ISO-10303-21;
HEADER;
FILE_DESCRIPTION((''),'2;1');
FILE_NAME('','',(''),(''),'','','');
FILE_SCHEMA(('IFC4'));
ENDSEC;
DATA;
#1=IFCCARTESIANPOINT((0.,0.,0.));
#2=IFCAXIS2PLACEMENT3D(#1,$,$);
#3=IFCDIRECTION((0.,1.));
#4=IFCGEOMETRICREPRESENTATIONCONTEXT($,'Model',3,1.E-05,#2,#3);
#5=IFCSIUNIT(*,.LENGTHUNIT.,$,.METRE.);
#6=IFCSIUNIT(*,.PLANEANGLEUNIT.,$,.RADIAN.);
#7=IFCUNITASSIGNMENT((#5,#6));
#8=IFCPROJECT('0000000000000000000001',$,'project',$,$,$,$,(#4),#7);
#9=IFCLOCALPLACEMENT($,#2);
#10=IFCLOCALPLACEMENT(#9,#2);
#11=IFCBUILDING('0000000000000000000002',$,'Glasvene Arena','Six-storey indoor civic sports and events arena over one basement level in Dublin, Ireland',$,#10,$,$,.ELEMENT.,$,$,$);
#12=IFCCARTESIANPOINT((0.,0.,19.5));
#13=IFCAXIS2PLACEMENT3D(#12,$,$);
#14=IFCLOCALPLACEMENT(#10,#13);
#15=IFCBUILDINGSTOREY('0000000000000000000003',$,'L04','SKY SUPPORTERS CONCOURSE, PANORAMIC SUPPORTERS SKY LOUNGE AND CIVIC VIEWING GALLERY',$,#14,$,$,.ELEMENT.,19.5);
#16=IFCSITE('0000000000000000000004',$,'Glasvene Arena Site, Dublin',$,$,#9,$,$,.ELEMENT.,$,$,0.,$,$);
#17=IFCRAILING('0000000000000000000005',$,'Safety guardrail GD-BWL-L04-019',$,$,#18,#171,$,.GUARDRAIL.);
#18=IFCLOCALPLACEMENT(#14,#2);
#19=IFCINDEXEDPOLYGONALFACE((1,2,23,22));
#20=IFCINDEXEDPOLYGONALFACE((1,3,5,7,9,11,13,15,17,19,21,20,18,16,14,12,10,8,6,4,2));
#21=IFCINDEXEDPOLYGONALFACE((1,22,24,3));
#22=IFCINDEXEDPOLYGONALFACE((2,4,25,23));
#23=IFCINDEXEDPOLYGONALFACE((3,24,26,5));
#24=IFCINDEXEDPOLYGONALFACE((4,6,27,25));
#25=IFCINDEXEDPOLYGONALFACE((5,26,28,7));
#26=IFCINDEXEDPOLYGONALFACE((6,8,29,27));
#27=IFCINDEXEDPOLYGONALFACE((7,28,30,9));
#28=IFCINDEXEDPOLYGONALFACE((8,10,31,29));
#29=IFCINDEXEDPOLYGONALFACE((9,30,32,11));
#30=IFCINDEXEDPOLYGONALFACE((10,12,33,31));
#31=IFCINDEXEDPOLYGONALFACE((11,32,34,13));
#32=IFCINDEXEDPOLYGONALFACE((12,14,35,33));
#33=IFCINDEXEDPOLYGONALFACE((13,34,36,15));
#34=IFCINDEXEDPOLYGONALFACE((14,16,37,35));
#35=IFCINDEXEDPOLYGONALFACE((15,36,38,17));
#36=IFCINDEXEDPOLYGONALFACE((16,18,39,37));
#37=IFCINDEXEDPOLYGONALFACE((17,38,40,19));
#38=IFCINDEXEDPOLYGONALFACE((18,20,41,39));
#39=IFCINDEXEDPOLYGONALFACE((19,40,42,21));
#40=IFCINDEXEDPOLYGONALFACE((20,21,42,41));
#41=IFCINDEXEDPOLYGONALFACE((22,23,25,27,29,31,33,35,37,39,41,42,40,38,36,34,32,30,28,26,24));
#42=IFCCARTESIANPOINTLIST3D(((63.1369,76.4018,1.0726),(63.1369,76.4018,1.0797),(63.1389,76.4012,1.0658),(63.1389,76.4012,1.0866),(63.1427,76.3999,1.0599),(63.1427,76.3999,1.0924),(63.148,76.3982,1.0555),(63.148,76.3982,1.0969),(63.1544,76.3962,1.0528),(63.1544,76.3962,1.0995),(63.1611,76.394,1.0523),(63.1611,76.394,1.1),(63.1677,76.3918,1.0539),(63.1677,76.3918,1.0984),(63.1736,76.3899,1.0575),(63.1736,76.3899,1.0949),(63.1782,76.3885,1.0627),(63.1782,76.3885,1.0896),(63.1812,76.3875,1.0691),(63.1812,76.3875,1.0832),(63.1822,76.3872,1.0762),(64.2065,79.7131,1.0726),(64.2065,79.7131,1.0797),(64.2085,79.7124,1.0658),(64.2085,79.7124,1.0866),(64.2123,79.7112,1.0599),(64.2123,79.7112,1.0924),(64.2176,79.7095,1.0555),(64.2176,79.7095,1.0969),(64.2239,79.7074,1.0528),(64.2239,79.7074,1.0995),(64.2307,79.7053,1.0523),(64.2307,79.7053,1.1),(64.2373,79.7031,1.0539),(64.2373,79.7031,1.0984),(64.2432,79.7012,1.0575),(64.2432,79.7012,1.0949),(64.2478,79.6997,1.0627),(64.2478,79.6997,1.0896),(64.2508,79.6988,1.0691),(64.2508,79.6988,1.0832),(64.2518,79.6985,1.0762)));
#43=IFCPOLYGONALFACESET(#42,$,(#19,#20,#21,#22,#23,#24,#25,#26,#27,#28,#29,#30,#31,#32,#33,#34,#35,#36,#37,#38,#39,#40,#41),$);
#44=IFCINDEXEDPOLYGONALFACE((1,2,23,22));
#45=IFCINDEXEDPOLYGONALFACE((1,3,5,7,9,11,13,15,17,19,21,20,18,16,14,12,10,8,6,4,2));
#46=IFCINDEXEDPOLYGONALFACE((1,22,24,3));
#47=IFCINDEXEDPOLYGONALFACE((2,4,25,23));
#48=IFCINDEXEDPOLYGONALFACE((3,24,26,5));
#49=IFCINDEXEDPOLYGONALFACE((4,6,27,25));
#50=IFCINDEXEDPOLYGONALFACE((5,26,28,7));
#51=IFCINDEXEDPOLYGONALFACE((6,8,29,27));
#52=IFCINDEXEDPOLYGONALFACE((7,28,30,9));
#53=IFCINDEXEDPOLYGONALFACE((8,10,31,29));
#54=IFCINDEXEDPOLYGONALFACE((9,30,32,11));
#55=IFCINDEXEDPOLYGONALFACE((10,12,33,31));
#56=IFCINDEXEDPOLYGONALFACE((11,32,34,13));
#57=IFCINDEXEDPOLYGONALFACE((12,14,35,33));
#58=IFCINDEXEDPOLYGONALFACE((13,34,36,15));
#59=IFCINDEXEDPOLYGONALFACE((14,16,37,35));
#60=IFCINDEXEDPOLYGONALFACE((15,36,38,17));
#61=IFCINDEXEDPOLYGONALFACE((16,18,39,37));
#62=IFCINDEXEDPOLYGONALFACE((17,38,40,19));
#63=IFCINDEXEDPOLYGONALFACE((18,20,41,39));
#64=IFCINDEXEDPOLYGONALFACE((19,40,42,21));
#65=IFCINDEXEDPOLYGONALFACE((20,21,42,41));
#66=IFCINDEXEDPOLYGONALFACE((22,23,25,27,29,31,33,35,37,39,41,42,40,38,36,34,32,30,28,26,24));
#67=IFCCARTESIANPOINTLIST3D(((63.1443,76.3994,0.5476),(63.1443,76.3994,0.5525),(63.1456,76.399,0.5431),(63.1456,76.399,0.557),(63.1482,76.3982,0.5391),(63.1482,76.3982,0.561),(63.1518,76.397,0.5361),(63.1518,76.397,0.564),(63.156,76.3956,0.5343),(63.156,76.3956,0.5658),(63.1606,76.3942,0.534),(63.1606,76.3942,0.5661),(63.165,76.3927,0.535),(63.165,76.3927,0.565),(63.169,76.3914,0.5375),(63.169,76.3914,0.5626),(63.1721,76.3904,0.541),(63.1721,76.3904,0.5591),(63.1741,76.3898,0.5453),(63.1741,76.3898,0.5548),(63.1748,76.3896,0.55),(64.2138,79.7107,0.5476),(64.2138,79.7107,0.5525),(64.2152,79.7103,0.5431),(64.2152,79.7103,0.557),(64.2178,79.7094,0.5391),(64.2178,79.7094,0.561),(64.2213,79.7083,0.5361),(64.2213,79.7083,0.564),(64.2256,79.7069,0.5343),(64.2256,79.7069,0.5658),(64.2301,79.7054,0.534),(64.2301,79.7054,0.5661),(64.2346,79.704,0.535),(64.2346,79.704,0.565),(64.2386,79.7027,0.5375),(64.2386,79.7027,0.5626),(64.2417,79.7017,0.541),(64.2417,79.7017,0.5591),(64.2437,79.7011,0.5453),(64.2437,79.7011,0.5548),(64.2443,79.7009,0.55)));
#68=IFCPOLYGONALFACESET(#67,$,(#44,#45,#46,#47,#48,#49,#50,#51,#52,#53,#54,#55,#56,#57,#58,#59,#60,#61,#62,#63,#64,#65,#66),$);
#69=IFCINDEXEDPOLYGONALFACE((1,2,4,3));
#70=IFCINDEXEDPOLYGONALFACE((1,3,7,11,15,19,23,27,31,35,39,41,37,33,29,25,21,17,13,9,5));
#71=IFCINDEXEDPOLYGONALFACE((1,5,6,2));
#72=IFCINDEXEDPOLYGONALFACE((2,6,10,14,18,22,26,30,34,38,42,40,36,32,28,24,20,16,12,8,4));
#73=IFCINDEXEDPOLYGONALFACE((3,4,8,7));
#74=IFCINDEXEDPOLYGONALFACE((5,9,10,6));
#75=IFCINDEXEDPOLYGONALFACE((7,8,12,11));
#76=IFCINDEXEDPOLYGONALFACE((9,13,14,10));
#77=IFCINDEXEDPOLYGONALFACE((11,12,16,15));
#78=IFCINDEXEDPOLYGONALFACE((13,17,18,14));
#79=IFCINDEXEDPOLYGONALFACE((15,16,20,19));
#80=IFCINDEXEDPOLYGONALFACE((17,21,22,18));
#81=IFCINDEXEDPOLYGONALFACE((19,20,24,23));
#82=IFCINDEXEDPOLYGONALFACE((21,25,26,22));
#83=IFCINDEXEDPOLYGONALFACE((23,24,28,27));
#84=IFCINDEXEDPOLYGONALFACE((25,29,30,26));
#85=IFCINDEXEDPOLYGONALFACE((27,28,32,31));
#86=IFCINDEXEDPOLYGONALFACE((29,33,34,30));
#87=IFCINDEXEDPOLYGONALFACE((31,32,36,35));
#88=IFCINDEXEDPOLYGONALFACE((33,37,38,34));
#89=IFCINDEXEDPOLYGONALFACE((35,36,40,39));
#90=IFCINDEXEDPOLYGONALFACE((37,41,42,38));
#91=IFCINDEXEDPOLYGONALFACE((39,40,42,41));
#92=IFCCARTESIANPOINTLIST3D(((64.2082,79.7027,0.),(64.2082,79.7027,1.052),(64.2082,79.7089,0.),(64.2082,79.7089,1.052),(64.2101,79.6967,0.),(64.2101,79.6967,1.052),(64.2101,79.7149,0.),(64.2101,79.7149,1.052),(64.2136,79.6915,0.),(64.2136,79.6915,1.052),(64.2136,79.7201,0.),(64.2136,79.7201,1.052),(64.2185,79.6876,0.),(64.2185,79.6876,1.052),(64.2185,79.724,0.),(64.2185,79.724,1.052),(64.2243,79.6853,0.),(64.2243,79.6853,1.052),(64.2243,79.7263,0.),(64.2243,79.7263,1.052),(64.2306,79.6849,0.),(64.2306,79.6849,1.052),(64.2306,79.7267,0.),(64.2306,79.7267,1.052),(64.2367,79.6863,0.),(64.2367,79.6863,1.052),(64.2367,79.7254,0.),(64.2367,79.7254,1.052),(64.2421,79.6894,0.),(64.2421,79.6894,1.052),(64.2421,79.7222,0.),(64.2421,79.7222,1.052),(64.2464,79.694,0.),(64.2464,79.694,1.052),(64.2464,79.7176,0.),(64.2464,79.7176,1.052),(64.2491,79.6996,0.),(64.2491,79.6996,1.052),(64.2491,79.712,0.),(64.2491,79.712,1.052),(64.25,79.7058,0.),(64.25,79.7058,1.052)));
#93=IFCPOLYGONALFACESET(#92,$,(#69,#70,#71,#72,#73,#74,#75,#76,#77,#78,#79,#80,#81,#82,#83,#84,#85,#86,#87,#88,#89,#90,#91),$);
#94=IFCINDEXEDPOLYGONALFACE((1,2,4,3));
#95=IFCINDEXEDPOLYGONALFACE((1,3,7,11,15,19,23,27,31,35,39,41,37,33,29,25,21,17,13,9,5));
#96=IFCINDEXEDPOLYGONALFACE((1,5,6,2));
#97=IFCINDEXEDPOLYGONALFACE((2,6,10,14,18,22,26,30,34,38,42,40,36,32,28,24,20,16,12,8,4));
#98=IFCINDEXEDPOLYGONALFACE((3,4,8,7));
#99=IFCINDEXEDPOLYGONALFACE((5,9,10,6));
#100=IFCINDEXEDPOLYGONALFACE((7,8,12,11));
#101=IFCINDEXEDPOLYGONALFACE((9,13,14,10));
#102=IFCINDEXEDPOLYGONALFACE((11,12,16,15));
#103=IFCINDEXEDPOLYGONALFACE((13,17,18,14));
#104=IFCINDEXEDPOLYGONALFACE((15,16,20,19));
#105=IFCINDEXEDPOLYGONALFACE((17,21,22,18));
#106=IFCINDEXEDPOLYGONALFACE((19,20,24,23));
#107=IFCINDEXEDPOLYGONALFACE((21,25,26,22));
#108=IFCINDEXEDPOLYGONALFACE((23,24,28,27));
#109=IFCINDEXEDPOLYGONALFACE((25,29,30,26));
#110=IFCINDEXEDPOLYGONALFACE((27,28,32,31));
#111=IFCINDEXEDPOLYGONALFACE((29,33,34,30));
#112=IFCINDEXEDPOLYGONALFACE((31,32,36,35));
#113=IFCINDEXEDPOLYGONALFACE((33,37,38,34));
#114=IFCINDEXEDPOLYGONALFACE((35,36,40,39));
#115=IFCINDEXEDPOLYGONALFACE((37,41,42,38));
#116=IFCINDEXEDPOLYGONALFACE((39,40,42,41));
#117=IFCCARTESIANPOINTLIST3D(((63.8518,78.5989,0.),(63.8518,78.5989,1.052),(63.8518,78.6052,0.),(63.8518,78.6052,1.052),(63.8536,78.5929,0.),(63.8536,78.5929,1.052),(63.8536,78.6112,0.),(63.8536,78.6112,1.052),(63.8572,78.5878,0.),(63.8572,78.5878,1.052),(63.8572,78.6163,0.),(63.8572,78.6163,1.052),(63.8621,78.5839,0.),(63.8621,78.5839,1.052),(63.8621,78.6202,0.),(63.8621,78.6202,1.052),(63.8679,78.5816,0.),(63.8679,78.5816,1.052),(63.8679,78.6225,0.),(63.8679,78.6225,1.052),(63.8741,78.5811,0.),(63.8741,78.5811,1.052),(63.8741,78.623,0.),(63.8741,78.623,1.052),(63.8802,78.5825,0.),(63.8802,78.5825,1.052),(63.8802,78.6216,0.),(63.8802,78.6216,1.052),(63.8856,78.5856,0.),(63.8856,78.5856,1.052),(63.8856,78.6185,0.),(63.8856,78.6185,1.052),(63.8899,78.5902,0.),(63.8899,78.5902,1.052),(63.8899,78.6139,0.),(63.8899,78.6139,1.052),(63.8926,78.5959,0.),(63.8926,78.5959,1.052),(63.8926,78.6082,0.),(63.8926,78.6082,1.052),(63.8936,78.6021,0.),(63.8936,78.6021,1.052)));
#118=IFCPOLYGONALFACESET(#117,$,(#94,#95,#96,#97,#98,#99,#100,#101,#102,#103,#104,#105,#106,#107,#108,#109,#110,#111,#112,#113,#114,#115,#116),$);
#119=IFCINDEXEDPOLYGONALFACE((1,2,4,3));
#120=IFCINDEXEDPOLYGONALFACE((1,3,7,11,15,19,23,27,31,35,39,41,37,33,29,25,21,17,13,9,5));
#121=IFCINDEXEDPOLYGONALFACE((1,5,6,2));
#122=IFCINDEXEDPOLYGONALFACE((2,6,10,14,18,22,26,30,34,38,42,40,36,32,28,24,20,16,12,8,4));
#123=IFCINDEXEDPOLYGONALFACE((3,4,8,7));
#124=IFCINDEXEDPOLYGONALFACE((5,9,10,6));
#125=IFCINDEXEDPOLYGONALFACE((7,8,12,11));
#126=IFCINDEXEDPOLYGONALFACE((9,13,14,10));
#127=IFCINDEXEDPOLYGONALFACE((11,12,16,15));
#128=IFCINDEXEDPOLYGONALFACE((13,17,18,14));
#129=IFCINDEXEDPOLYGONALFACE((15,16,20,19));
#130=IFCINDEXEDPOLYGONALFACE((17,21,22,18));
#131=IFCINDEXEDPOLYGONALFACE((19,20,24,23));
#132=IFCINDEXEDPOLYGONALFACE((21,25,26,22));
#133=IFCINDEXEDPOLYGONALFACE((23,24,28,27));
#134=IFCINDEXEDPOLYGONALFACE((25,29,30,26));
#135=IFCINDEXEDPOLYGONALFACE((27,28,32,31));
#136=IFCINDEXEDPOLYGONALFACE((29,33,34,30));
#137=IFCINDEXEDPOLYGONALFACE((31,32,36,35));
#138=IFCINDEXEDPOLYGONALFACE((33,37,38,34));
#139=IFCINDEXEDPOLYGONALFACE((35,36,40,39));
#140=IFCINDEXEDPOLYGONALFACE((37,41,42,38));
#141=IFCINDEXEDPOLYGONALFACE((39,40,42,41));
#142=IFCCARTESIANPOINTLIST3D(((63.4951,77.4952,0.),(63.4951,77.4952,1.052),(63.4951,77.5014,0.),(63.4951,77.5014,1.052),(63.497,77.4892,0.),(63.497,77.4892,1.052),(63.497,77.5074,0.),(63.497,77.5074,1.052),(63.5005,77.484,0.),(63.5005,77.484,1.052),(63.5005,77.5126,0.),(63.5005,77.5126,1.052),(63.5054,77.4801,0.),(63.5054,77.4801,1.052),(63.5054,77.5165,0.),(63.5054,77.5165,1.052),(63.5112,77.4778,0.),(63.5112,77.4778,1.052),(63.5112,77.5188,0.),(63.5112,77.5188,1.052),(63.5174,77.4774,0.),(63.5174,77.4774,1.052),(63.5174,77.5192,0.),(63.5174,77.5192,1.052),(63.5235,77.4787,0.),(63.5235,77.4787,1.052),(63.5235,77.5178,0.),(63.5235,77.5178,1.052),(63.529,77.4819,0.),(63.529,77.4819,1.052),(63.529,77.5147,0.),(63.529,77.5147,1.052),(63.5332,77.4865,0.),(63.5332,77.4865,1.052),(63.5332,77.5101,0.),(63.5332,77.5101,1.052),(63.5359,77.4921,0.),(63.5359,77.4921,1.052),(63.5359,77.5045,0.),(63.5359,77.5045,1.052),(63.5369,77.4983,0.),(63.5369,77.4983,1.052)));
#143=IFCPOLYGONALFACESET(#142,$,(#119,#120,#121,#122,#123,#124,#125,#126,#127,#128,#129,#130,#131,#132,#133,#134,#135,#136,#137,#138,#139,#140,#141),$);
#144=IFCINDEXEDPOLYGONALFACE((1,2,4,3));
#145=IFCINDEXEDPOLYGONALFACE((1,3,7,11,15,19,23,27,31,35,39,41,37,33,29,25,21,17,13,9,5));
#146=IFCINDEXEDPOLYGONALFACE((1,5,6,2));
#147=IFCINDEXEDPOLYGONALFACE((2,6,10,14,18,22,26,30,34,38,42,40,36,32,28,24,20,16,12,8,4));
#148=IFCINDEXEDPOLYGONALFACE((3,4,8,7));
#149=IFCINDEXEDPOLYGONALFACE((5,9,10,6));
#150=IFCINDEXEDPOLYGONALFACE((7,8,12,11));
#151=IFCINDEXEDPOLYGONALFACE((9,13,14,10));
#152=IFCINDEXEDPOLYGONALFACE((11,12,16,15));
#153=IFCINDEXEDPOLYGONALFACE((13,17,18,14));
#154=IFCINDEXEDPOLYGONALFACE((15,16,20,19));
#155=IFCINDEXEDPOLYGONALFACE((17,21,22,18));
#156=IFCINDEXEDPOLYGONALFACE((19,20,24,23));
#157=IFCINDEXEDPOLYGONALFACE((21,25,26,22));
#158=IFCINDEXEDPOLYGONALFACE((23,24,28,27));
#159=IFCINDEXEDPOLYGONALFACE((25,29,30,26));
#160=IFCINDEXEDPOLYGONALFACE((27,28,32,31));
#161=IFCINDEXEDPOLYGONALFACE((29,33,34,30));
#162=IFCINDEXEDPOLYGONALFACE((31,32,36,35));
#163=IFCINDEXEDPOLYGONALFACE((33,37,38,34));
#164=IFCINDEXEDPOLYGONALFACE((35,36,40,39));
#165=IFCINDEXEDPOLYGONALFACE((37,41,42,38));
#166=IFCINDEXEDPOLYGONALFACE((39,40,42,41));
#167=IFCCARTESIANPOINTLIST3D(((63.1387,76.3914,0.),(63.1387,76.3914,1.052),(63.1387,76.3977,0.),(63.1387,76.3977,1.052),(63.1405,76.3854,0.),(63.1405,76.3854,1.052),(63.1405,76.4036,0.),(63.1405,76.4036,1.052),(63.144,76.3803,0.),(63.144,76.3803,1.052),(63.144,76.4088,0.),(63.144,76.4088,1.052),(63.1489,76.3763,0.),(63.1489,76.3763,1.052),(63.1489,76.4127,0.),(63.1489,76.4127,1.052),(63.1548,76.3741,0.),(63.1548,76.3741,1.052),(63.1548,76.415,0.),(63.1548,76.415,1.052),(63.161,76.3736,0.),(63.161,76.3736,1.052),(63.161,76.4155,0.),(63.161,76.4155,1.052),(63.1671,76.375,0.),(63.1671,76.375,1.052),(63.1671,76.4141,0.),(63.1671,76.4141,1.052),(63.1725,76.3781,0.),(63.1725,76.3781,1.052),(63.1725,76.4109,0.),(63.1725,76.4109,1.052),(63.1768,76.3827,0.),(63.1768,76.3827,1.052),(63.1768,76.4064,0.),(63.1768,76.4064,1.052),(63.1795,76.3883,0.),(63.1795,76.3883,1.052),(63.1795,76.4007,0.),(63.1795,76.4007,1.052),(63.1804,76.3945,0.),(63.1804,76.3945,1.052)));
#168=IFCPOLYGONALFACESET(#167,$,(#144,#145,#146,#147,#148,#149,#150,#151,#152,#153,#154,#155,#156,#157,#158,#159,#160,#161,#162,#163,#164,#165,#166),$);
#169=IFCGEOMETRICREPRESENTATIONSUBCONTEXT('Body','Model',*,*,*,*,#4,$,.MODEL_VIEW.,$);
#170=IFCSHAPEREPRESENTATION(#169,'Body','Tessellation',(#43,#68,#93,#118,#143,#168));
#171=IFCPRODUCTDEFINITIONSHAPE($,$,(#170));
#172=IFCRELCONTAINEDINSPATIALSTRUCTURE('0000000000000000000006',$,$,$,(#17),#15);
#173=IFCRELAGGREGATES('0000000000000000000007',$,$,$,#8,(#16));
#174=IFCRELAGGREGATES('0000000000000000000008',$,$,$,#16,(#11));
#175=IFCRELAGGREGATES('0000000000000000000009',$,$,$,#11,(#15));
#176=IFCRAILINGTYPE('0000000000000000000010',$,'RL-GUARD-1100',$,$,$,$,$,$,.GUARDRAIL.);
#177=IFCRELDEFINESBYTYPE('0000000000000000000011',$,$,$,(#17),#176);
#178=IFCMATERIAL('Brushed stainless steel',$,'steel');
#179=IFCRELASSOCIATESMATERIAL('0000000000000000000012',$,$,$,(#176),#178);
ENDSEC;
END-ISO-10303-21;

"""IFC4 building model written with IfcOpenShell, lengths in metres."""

from ifc_helpers import new_model, si_unit, direction, frame, origin, origin_2d, place, context, subcontext, project, spatial, circle, extrude, material, type_object, element, save


model = new_model("IFC4")

# Units and contexts
model_context = context("Model", 3, precision=1e-05, world=origin(), true_north=direction((0.0, 1.0)))
body_context = subcontext(model_context, "Body", "Model", "MODEL_VIEW")
ifc_project = project(units=[si_unit("LENGTHUNIT", "METRE"), si_unit("PLANEANGLEUNIT", "RADIAN")], contexts=[model_context])

# Site, building, storey
site_placement = place(None, origin())
site = spatial("IfcSite", under=ifc_project, at=site_placement, Name="Glasvene Arena Site, Dublin", CompositionType="ELEMENT", RefElevation=0.0)
building_placement = place(site_placement, origin())
building = spatial("IfcBuilding", under=site, at=building_placement, Name="Glasvene Arena", Description="Six-storey indoor civic sports and events arena over one basement level in Dublin, Ireland", CompositionType="ELEMENT")
storey_placement = place(building_placement, frame((0.0, 0.0, 19.5)))
storey = spatial("IfcBuildingStorey", under=building, at=storey_placement, Name="L04", Description="SKY SUPPORTERS CONCOURSE, PANORAMIC SUPPORTERS SKY LOUNGE AND CIVIC VIEWING GALLERY", CompositionType="ELEMENT", Elevation=19.5)

# Railing
ifc_material_1 = material(Name="Brushed stainless steel", Category="steel")
railing_type = type_object("IfcRailingType", Name="RL-GUARD-1100", PredefinedType="GUARDRAIL", material=ifc_material_1)
railing_1_placement = place(storey_placement, frame((64.229, 79.7058, 0.0)))
element("IfcRailing", 1, at=railing_1_placement, inside=storey, type_object=railing_type, Name="Safety guardrail GD-BWL-L04-019", PredefinedType="GUARDRAIL", context=body_context, shape_type="SweptSolid", body=[
    extrude(circle(Radius=0.0239, at=origin_2d()), frame((0.0, 0.0, 1.0762), z_axis=(-0.307374, -0.951589, 0.0), x_axis=(0.951589, -0.307374, 0.0)), (0.0, 0.0, 1.0), 3.4797),
    extrude(circle(Radius=0.0161, at=origin_2d()), frame((0.0, 0.0, 0.55), z_axis=(-0.307374, -0.951589, 0.0), x_axis=(0.951589, -0.307374, 0.0)), (0.0, 0.0, 1.0), 3.4797),
    extrude(circle(Radius=0.021, at=origin_2d()), origin(), (0.0, 0.0, 1.0), 1.052),
    extrude(circle(Radius=0.021, at=origin_2d()), frame((-0.3564, -1.1038, 0.0)), (0.0, 0.0, 1.0), 1.052),
    extrude(circle(Radius=0.021, at=origin_2d()), frame((-0.7131, -2.2075, 0.0)), (0.0, 0.0, 1.0), 1.052),
    extrude(circle(Radius=0.021, at=origin_2d()), frame((-1.0696, -3.3113, 0.0)), (0.0, 0.0, 1.0), 1.052),
])

save(model, "model.ifc")
